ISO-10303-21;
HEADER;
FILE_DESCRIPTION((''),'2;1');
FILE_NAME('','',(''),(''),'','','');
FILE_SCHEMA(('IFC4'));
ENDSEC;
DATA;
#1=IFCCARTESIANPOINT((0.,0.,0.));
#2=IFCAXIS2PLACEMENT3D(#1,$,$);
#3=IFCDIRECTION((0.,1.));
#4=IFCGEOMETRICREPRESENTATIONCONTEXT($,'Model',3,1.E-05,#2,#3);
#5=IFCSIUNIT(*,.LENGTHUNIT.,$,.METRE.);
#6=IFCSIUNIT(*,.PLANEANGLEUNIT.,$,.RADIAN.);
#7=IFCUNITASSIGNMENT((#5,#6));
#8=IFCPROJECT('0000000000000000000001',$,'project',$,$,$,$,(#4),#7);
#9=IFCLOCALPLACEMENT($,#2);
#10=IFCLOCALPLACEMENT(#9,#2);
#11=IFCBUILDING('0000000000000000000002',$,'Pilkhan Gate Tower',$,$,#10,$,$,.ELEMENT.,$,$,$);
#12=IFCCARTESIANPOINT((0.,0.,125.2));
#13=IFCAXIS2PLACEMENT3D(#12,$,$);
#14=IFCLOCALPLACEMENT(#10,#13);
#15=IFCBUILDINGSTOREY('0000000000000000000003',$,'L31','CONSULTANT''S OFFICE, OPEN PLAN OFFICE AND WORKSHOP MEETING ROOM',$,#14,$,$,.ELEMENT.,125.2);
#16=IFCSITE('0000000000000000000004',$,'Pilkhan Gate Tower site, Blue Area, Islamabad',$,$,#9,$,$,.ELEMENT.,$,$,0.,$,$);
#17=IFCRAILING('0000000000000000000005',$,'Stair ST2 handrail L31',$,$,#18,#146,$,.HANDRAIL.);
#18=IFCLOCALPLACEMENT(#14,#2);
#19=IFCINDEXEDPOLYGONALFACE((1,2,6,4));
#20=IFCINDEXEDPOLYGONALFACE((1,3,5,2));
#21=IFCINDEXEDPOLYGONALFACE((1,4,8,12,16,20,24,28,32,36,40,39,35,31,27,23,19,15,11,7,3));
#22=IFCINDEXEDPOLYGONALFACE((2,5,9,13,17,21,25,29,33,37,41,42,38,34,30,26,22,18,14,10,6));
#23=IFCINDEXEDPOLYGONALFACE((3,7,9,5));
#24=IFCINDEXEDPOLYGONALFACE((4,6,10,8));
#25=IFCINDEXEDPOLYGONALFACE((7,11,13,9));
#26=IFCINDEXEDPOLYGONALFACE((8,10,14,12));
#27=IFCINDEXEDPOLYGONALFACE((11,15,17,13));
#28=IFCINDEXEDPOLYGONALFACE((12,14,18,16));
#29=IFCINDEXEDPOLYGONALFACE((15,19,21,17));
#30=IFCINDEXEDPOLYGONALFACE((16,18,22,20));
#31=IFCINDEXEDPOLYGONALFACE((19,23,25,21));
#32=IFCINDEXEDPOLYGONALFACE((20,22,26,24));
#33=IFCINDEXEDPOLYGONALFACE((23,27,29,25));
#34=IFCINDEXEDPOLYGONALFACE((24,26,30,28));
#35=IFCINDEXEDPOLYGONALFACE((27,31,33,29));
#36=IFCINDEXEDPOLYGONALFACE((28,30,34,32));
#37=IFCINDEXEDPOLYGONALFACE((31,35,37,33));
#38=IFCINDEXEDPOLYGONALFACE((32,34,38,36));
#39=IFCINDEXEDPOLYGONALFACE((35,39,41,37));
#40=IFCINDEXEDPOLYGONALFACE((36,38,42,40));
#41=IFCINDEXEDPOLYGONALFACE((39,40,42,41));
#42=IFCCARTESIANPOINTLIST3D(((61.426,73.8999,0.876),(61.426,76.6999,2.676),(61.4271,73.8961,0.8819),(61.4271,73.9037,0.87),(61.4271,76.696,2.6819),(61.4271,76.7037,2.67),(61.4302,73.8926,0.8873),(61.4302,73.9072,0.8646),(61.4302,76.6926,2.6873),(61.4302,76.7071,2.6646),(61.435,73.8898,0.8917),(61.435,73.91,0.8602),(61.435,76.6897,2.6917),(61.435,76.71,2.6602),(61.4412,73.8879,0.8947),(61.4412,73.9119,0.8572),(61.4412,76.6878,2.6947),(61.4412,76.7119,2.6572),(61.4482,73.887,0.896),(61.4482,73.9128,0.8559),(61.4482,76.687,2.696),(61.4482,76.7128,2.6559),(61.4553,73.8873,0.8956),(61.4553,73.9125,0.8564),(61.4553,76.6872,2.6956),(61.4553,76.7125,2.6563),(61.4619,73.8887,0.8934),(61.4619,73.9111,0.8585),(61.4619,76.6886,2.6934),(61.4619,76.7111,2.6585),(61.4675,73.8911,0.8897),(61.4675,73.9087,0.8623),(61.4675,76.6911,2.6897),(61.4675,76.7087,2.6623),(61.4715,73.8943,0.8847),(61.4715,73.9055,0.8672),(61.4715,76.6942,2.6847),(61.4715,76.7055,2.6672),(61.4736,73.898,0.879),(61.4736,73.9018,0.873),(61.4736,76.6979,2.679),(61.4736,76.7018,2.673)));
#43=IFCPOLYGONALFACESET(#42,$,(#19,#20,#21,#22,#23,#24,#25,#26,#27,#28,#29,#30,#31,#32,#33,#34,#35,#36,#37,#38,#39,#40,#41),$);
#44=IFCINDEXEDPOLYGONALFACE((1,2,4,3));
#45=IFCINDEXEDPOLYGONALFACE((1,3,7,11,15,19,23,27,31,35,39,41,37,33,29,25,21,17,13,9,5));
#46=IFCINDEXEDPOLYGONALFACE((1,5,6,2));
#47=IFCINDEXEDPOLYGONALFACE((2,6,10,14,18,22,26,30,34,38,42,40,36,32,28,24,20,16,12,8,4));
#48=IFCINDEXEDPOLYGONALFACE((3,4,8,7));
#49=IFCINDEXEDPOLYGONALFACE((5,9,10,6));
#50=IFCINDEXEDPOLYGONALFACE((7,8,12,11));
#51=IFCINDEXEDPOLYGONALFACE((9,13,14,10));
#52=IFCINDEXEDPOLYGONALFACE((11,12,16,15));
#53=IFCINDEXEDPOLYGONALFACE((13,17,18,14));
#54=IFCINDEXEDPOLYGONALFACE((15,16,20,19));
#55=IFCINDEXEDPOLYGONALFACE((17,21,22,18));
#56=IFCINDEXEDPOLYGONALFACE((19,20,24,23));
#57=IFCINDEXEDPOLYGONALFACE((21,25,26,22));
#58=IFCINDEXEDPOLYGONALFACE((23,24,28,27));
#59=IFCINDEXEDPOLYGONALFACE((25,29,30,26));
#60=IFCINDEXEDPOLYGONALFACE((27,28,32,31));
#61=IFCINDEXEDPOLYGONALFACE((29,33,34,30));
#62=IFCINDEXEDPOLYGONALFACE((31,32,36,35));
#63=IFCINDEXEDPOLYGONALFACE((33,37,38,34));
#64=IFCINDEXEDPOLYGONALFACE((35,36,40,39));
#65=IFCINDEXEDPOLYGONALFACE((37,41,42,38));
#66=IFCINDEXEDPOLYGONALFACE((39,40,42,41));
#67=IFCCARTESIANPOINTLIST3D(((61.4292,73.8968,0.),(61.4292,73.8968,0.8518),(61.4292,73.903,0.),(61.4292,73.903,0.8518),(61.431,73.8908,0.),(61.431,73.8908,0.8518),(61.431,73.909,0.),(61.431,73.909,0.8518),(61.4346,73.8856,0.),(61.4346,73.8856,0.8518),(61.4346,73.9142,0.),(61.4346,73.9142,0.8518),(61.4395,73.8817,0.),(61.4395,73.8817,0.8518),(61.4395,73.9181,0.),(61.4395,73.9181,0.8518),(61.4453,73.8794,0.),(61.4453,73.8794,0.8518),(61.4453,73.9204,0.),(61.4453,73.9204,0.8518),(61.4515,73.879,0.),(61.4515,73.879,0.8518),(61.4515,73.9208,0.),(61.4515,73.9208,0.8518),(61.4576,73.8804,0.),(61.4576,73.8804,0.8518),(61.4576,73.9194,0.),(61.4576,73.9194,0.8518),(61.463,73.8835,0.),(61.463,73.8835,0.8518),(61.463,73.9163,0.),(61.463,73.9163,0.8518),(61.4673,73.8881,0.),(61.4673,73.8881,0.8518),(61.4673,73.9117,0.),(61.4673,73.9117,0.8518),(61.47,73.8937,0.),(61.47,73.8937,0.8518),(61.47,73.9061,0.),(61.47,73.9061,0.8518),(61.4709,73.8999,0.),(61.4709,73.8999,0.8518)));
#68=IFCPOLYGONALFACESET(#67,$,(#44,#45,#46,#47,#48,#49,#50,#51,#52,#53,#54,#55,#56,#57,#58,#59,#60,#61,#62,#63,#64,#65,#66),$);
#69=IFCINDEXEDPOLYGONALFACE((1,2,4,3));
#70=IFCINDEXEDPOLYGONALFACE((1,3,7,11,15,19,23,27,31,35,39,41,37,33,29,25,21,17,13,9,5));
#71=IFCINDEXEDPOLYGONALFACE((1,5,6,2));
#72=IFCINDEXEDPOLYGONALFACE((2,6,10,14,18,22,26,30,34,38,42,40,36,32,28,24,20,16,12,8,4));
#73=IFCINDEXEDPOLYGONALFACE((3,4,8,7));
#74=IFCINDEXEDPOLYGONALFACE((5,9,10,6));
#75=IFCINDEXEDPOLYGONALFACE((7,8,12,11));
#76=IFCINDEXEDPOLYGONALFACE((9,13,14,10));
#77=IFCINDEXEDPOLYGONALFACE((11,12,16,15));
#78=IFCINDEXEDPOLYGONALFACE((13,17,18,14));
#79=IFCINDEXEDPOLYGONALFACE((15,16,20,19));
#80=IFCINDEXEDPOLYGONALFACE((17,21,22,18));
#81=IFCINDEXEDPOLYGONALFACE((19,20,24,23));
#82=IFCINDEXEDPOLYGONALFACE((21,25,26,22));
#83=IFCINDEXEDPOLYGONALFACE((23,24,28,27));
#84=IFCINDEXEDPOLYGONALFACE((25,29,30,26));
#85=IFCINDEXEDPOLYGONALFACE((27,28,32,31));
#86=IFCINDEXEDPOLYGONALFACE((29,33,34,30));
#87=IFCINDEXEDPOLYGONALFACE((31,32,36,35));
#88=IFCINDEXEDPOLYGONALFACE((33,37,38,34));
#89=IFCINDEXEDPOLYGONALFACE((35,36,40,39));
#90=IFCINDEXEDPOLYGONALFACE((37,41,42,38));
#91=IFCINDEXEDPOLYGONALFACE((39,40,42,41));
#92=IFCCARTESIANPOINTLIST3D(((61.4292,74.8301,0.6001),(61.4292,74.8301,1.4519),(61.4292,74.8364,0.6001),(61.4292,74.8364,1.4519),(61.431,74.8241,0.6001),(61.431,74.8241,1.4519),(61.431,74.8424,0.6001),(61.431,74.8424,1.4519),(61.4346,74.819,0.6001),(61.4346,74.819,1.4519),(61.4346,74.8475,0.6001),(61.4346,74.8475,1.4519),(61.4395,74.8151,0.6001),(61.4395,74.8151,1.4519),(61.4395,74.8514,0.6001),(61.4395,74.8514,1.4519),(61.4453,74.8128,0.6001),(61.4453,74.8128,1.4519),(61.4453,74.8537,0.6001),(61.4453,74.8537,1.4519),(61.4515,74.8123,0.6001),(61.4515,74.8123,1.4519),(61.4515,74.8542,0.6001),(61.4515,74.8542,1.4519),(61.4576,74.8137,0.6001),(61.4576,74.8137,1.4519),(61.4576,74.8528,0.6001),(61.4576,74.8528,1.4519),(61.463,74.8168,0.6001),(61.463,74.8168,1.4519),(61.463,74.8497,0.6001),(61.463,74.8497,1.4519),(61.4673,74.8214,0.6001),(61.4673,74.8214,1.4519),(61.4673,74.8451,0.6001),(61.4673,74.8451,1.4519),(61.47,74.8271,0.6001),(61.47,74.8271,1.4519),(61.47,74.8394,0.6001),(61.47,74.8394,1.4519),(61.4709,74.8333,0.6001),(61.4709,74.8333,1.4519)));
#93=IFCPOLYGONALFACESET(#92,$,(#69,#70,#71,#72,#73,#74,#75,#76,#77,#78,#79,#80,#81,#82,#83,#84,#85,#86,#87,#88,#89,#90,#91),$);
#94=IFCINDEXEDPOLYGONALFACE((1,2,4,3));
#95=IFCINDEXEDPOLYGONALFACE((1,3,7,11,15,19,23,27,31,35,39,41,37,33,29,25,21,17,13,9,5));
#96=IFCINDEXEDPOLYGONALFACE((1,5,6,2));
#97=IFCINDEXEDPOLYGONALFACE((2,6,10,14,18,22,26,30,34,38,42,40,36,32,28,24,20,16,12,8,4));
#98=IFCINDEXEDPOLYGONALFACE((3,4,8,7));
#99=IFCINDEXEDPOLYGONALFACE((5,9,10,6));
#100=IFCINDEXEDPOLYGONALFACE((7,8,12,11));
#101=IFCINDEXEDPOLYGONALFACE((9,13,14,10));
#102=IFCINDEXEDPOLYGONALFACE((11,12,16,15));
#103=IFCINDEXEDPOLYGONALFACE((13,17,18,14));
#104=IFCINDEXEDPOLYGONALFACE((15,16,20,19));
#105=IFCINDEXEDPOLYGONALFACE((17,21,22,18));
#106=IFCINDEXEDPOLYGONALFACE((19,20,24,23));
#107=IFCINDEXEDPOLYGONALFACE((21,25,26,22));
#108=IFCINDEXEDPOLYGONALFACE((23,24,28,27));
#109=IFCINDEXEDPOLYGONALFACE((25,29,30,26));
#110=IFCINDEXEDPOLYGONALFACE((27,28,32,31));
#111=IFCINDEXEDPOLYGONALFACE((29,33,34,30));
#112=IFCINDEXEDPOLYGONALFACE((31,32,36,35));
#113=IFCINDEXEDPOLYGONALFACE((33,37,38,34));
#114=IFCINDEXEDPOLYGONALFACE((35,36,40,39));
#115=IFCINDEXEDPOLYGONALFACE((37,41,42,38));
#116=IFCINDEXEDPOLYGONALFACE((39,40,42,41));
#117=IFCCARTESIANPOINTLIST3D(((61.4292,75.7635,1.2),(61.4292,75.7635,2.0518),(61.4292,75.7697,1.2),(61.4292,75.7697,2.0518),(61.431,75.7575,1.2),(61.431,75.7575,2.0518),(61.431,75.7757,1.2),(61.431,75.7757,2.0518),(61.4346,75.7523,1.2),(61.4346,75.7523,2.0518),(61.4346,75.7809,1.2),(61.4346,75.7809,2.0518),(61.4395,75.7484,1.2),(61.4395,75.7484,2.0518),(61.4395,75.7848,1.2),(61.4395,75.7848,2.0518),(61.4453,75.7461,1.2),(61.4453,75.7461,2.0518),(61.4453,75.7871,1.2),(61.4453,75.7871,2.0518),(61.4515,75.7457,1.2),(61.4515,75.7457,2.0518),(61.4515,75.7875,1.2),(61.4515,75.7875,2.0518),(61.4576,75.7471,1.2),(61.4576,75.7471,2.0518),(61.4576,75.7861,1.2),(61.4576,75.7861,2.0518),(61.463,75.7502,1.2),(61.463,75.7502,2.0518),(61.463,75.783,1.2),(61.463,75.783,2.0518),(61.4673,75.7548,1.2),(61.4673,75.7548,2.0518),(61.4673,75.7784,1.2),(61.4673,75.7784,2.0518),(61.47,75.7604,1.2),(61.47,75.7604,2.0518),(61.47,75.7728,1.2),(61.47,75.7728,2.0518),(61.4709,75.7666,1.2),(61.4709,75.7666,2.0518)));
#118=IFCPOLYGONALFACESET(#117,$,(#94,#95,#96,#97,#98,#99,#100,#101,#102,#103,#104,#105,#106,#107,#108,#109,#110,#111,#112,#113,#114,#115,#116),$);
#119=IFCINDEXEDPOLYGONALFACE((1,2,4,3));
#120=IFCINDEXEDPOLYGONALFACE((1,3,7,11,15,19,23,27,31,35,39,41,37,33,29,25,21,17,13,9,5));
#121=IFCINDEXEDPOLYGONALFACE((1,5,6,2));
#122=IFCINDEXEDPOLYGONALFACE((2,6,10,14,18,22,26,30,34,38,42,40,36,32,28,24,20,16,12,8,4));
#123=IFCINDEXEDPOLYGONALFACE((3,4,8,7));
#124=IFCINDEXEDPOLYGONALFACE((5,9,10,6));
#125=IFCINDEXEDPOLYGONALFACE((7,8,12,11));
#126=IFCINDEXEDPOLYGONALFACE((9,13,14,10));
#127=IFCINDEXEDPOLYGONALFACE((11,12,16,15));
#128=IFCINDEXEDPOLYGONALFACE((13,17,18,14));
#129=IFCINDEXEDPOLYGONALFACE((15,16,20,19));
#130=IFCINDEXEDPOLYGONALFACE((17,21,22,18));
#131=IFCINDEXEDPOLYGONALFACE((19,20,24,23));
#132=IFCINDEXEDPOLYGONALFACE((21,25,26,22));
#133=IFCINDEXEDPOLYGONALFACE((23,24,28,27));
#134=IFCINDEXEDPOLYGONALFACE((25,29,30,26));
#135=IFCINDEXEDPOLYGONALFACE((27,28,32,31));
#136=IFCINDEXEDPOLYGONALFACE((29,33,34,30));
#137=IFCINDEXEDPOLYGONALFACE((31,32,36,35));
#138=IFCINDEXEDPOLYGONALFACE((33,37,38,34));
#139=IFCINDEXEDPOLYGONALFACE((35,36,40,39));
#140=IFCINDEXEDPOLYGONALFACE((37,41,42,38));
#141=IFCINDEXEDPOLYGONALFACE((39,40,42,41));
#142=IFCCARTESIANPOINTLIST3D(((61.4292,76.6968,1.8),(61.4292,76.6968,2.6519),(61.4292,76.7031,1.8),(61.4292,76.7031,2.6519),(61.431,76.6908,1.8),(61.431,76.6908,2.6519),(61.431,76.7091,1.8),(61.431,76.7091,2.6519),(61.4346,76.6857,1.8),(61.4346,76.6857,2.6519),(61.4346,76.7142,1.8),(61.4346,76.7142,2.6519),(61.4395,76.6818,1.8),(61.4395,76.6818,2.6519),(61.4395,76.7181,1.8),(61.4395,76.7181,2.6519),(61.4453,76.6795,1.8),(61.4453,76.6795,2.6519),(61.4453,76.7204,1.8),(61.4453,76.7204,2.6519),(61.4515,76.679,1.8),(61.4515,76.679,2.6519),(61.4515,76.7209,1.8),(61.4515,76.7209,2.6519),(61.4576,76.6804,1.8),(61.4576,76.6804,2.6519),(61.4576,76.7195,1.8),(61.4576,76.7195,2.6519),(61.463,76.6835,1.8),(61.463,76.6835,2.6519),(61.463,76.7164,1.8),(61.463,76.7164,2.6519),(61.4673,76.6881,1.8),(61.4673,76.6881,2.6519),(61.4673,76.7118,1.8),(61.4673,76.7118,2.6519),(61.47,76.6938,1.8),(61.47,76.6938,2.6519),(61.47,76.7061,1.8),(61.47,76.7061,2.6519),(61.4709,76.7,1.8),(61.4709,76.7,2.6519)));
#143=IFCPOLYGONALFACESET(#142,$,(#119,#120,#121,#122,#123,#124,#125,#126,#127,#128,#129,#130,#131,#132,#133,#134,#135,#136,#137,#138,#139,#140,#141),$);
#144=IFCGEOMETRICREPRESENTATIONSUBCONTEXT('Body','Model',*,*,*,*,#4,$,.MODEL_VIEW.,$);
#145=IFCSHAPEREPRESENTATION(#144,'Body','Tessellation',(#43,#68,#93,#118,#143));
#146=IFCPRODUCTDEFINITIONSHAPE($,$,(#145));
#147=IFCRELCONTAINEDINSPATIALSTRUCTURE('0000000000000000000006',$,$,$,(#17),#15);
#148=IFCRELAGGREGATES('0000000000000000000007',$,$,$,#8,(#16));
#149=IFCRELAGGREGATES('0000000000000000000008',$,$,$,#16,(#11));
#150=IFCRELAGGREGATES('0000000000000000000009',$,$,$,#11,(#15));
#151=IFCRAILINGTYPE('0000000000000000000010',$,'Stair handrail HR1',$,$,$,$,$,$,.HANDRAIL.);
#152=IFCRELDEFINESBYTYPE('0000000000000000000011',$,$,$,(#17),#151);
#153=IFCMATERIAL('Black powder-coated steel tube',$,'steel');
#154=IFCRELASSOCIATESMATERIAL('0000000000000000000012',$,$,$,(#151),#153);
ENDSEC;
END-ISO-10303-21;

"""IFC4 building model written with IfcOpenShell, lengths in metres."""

from ifc_helpers import new_model, si_unit, direction, frame, origin, origin_2d, place, context, subcontext, project, spatial, circle, extrude, material, type_object, element, save


model = new_model("IFC4")

# Units and contexts
model_context = context("Model", 3, precision=1e-05, world=origin(), true_north=direction((0.0, 1.0)))
body_context = subcontext(model_context, "Body", "Model", "MODEL_VIEW")
ifc_project = project(units=[si_unit("LENGTHUNIT", "METRE"), si_unit("PLANEANGLEUNIT", "RADIAN")], contexts=[model_context])

# Site, building, storey
site_placement = place(None, origin())
site = spatial("IfcSite", under=ifc_project, at=site_placement, Name="Pilkhan Gate Tower site, Blue Area, Islamabad", CompositionType="ELEMENT", RefElevation=0.0)
building_placement = place(site_placement, origin())
building = spatial("IfcBuilding", under=site, at=building_placement, Name="Pilkhan Gate Tower", CompositionType="ELEMENT")
storey_placement = place(building_placement, frame((0.0, 0.0, 125.2)))
storey = spatial("IfcBuildingStorey", under=building, at=storey_placement, Name="L31", Description="CONSULTANT'S OFFICE, OPEN PLAN OFFICE AND WORKSHOP MEETING ROOM", CompositionType="ELEMENT", Elevation=125.2)

# Railing
ifc_material_1 = material(Name="Black powder-coated steel tube", Category="steel")
railing_type_1 = type_object("IfcRailingType", Name="Stair handrail HR1", PredefinedType="HANDRAIL", material=ifc_material_1)
railing_1_placement = place(storey_placement, frame((61.45, 73.8999, 0.0)))
element("IfcRailing", 1, at=railing_1_placement, inside=storey, type_object=railing_type_1, Name="Stair ST2 handrail L31", PredefinedType="HANDRAIL", context=body_context, shape_type="SweptSolid", body=[
    extrude(circle(Radius=0.0239, at=origin_2d()), frame((0.0, 0.0, 0.876), z_axis=(0.0, 0.841176, 0.540761), x_axis=(-1.0, 0.0, 0.0)), (0.0, 0.0, 1.0), 3.3286),
    extrude(circle(Radius=0.021, at=origin_2d()), origin(), (0.0, 0.0, 1.0), 0.8518),
    extrude(circle(Radius=0.021, at=origin_2d()), frame((0.0, 0.9333, 0.6001)), (0.0, 0.0, 1.0), 0.8518),
    extrude(circle(Radius=0.021, at=origin_2d()), frame((0.0, 1.8667, 1.2)), (0.0, 0.0, 1.0), 0.8518),
    extrude(circle(Radius=0.021, at=origin_2d()), frame((0.0, 2.8, 1.8)), (0.0, 0.0, 1.0), 0.8518),
])

save(model, "model.ifc")
